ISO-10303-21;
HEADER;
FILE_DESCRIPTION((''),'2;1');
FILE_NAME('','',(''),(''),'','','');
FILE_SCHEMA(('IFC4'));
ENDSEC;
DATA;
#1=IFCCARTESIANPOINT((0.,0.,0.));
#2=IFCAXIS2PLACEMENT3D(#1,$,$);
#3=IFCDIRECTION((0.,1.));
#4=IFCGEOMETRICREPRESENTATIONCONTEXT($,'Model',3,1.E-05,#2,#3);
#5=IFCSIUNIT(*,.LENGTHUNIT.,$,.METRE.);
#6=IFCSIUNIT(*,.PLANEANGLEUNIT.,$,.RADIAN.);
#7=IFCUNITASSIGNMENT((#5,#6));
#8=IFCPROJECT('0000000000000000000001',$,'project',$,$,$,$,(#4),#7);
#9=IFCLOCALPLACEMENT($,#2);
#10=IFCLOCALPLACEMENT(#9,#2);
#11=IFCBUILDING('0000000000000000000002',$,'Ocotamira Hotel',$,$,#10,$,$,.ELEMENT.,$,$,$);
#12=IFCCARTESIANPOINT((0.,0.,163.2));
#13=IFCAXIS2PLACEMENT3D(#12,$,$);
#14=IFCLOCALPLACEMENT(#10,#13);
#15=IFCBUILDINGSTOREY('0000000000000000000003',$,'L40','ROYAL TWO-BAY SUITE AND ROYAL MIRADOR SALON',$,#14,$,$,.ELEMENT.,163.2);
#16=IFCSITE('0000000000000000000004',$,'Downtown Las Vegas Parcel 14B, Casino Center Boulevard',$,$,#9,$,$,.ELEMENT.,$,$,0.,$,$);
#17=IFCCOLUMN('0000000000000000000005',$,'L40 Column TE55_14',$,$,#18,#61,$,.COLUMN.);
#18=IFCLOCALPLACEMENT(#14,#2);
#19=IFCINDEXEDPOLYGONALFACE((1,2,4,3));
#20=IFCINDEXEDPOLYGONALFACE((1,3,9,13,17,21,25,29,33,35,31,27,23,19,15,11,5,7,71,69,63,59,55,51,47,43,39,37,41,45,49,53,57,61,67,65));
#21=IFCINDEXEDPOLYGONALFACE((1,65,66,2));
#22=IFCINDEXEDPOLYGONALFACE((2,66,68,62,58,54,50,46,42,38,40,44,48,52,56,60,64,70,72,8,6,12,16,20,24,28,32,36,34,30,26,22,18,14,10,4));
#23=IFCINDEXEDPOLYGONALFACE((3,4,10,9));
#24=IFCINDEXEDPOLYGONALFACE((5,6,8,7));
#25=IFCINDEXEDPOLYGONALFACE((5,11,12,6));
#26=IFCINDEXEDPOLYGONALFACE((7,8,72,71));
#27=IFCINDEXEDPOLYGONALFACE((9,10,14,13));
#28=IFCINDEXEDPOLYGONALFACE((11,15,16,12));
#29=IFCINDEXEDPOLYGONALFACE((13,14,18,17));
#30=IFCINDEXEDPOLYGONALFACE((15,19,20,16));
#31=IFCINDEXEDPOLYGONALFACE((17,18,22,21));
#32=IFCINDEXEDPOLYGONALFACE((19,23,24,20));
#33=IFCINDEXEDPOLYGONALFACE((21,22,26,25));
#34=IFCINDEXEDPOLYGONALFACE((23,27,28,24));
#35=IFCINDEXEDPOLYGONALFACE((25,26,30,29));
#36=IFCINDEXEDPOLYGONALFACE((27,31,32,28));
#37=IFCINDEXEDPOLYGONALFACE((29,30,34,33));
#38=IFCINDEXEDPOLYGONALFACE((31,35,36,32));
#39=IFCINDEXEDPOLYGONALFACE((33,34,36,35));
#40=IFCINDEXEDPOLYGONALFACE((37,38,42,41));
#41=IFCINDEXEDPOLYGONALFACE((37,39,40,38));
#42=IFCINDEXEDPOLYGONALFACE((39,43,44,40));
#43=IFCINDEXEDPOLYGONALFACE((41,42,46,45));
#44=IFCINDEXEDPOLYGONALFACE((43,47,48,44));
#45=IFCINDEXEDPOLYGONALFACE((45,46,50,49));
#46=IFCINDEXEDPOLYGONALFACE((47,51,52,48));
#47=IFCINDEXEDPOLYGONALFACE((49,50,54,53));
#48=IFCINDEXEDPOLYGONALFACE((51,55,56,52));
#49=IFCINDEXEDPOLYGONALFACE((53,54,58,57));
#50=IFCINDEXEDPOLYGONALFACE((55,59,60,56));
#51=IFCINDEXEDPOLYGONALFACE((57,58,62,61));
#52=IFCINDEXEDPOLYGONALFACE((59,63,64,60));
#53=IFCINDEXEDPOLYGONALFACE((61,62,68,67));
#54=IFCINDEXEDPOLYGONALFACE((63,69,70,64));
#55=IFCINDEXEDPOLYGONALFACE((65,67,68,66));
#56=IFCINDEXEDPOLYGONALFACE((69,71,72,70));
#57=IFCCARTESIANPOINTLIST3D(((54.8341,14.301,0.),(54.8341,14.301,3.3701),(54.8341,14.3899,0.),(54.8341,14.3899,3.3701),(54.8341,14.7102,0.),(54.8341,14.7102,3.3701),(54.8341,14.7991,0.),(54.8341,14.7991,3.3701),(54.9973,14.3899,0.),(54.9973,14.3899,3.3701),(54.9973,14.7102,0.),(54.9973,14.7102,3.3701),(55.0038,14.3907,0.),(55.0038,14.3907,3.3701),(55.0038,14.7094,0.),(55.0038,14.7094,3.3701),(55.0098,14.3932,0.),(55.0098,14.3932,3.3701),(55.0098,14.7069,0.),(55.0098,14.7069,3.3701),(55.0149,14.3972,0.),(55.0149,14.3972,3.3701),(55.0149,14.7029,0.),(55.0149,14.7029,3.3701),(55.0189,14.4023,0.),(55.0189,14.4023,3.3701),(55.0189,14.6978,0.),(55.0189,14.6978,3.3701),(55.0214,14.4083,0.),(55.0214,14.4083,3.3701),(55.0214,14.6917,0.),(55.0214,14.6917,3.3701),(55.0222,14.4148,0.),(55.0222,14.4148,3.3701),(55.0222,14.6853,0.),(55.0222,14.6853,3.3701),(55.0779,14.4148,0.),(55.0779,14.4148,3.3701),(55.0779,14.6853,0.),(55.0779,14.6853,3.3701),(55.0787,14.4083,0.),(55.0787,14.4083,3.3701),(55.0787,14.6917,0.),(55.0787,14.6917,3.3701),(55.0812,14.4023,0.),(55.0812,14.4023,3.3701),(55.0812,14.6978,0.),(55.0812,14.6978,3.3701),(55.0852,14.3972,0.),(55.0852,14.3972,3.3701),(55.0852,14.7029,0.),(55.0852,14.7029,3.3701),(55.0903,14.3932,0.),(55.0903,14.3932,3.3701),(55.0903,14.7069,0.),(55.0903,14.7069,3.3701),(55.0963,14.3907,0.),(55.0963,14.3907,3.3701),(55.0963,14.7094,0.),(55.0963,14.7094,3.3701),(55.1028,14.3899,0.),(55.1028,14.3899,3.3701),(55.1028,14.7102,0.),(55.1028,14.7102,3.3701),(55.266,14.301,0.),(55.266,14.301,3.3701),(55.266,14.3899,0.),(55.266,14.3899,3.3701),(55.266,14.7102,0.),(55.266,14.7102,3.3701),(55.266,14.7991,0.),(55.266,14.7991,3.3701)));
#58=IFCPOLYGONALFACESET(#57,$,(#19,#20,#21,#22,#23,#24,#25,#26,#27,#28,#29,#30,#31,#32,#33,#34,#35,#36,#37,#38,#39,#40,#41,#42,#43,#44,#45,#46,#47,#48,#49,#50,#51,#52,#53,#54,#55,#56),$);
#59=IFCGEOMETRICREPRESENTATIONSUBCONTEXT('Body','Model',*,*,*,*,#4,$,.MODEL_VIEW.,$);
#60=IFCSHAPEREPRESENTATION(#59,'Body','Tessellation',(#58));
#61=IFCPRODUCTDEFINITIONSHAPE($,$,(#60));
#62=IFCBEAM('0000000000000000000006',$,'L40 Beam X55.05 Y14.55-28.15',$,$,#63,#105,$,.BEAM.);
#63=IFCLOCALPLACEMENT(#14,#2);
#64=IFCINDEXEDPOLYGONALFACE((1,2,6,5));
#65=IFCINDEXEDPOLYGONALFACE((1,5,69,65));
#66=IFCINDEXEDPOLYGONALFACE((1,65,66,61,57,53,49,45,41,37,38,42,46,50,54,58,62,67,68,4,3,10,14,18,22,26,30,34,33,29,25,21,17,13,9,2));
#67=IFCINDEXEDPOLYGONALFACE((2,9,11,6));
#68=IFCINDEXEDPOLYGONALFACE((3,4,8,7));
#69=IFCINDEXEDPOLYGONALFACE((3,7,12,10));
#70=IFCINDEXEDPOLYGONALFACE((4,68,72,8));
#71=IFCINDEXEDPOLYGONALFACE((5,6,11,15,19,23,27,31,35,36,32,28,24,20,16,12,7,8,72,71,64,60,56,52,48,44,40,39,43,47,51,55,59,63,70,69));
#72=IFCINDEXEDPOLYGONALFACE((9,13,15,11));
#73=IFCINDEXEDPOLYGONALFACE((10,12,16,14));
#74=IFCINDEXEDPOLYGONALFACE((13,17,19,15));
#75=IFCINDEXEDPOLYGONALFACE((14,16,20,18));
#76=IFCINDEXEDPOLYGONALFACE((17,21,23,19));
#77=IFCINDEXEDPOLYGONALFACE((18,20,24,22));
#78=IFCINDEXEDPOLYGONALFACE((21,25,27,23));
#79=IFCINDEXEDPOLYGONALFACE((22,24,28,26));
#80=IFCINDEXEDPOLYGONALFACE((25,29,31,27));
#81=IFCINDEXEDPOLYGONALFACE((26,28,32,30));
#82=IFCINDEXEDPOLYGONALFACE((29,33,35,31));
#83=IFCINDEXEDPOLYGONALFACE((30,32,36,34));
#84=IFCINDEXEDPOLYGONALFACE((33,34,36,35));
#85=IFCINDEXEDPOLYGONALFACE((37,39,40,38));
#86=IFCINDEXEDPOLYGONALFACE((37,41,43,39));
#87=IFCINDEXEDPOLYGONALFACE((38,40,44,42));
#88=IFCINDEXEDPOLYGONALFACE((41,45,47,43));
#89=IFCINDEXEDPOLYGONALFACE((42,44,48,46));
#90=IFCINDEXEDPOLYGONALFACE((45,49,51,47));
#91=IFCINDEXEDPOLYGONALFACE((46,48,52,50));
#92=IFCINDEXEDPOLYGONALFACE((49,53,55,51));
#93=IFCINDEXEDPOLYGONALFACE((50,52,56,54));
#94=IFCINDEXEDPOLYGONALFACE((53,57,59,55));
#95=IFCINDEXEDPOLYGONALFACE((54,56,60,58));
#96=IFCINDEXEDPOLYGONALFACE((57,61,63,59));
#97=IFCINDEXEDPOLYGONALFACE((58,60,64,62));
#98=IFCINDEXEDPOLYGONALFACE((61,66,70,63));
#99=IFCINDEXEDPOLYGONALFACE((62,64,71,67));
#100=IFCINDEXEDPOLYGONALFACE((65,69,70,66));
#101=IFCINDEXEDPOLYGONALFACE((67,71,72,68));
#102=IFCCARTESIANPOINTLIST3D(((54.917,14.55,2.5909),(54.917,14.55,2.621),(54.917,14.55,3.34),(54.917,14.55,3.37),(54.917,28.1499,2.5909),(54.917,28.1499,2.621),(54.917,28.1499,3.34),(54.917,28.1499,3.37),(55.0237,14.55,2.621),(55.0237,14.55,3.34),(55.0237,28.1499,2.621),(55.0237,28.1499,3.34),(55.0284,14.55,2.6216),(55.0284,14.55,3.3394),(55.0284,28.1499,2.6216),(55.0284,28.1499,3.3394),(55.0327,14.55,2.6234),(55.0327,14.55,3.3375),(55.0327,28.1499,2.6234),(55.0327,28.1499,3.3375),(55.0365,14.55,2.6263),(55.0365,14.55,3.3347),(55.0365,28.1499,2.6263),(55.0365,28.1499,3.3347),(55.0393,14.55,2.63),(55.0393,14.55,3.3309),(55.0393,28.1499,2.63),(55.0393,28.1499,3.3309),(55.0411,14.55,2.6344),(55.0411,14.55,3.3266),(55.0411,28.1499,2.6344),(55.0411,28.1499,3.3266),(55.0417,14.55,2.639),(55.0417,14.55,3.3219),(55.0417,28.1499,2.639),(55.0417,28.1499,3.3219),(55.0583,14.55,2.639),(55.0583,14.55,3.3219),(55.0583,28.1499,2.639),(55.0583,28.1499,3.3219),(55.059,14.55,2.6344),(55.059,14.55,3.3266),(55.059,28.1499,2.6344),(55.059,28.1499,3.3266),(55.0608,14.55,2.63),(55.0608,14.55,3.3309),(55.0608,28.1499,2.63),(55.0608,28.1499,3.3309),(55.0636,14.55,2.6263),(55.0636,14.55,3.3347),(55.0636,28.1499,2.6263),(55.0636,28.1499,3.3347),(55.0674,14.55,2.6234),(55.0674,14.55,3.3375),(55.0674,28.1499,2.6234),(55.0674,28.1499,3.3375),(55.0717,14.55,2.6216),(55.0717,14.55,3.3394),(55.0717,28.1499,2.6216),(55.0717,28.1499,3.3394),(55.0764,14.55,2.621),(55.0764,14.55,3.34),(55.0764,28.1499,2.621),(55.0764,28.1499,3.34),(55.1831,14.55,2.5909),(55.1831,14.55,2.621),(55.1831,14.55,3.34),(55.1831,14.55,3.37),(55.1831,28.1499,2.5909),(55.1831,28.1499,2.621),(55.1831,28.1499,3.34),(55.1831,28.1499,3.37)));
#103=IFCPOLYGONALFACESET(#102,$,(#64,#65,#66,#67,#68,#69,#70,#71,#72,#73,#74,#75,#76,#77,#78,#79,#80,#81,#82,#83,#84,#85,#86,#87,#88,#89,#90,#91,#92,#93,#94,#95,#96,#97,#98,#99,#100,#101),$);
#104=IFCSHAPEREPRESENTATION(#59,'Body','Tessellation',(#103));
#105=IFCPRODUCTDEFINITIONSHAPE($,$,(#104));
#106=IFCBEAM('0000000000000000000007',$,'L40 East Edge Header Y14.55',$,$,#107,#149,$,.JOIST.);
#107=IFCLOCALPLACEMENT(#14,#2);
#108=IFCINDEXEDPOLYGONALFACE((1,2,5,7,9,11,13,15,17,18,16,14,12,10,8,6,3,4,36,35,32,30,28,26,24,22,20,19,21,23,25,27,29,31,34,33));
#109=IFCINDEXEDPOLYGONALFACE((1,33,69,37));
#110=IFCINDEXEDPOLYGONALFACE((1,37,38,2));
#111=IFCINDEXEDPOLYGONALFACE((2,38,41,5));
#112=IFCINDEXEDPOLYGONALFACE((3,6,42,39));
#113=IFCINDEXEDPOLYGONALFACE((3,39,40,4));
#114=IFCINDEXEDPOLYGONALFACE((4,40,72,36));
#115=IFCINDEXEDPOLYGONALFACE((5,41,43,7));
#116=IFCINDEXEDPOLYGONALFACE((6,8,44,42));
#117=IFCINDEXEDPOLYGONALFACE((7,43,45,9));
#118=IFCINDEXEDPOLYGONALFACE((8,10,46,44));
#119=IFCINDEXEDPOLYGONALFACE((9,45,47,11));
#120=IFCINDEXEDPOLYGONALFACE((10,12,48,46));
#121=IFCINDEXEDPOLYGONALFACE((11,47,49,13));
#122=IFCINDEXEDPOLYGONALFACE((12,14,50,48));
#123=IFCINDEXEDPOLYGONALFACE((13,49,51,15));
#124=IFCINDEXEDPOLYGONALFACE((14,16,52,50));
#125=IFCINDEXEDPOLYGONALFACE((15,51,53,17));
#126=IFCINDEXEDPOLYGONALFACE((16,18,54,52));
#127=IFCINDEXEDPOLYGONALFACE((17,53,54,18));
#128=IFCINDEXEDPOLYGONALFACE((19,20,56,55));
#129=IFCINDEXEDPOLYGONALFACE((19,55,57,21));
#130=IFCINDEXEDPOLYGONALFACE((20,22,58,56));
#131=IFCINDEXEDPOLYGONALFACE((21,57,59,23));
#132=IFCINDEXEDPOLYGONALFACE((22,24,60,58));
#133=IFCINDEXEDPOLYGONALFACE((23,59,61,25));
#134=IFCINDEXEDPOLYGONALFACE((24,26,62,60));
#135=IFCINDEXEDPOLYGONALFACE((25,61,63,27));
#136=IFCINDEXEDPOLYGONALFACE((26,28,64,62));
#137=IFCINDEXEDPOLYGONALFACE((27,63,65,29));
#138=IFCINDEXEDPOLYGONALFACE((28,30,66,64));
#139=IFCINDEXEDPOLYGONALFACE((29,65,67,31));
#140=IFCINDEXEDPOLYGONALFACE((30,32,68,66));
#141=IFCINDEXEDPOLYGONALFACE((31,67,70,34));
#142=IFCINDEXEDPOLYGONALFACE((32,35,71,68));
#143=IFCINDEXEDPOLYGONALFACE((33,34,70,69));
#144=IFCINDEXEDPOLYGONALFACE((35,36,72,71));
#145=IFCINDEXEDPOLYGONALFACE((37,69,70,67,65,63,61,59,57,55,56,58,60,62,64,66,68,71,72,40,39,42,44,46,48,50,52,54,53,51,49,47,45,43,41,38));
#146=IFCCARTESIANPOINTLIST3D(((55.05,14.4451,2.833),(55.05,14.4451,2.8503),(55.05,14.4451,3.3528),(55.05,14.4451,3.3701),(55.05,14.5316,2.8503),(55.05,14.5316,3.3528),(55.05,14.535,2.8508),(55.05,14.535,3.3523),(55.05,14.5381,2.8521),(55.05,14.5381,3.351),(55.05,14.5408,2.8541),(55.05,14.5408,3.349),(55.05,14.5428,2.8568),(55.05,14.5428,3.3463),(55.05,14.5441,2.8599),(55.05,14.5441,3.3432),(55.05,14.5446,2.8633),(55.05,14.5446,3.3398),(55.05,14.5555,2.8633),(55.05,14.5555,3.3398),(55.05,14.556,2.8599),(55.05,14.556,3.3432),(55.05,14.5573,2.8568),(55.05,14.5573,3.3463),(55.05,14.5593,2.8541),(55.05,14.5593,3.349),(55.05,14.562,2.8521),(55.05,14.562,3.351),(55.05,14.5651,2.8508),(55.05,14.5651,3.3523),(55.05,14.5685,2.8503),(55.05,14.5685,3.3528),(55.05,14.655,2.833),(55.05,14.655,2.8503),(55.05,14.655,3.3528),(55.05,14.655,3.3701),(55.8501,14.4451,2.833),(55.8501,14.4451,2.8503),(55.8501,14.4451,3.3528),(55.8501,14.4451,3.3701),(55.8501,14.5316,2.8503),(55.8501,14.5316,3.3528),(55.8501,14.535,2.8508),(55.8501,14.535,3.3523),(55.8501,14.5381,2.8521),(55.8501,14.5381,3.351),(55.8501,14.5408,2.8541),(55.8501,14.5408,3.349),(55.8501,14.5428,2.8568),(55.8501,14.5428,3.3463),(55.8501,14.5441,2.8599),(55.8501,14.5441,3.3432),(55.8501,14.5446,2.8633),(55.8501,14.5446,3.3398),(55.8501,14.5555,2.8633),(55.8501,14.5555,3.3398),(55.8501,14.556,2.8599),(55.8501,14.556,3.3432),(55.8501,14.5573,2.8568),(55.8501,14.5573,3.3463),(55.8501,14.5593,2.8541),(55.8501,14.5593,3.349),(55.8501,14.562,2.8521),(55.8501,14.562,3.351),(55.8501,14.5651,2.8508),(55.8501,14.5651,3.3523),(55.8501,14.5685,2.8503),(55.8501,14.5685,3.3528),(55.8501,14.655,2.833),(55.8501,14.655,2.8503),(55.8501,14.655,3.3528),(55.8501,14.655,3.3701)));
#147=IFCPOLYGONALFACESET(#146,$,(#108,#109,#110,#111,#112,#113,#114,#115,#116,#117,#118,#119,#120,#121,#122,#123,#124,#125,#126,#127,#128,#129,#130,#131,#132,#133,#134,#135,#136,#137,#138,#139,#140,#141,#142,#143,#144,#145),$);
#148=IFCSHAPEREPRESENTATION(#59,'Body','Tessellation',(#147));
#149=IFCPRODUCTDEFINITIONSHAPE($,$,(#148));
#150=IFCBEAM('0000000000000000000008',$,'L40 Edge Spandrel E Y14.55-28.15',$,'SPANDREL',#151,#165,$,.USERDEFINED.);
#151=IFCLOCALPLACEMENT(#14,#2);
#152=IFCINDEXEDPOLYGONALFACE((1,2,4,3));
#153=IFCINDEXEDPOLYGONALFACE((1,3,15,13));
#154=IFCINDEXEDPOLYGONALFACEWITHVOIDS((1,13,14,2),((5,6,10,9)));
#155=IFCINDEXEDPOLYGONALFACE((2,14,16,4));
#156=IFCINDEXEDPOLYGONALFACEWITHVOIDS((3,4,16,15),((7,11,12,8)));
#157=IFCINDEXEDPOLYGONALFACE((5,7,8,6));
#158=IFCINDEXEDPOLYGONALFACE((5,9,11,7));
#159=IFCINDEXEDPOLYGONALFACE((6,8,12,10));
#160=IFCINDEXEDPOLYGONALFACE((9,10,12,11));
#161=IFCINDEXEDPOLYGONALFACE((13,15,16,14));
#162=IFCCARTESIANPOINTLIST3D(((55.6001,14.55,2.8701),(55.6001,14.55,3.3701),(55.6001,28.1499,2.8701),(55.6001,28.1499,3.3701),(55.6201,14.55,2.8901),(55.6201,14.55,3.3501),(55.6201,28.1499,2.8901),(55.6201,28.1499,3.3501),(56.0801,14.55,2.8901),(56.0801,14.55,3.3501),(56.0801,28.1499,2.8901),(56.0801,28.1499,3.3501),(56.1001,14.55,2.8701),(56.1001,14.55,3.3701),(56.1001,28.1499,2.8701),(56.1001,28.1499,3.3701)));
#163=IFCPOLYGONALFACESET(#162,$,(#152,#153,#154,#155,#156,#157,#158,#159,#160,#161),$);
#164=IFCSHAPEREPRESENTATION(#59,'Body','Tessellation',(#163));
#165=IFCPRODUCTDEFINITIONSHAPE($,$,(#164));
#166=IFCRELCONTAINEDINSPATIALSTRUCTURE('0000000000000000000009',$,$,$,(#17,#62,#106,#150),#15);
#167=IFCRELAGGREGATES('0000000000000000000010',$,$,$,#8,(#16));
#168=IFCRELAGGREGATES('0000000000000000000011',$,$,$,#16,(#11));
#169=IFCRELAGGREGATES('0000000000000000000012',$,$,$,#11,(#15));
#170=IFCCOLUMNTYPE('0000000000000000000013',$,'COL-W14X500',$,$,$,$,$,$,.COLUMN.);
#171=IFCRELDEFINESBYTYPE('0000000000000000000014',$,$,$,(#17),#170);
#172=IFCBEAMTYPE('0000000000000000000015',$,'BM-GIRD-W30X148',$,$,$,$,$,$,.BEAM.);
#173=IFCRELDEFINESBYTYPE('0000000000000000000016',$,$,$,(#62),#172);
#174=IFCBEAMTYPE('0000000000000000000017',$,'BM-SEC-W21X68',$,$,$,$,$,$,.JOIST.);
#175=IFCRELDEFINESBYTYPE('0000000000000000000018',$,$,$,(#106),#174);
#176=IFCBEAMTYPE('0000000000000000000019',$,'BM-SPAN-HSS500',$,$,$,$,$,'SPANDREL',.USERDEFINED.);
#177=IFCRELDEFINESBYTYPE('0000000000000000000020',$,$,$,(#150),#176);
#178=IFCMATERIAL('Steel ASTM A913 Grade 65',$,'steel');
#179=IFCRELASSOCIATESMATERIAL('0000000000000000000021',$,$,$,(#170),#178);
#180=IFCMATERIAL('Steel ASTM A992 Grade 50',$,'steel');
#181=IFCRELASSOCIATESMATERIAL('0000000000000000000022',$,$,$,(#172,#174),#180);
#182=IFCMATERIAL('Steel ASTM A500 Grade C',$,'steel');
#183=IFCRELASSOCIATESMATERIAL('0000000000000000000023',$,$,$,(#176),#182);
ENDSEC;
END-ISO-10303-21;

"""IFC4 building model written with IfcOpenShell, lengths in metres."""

from ifc_helpers import new_model, si_unit, direction, frame, origin, origin_2d, place, context, subcontext, project, spatial, hollow_rectangle, i_section, extrude, source, transform, mapped, material, material_profile, profile_set, type_object, element, save


model = new_model("IFC4")

# Units and contexts
model_context = context("Model", 3, precision=1e-05, world=origin(), true_north=direction((0.0, 1.0)))
body_context = subcontext(model_context, "Body", "Model", "MODEL_VIEW")
ifc_project = project(units=[si_unit("LENGTHUNIT", "METRE"), si_unit("PLANEANGLEUNIT", "RADIAN")], contexts=[model_context])

# Site, building, storey
site_placement = place(None, origin())
site = spatial("IfcSite", under=ifc_project, at=site_placement, Name="Downtown Las Vegas Parcel 14B, Casino Center Boulevard", CompositionType="ELEMENT", RefElevation=0.0)
building_placement = place(site_placement, origin())
building = spatial("IfcBuilding", under=site, at=building_placement, Name="Ocotamira Hotel", CompositionType="ELEMENT")
storey_placement = place(building_placement, frame((0.0, 0.0, 163.2)))
storey = spatial("IfcBuildingStorey", under=building, at=storey_placement, Name="L40", Description="ROYAL TWO-BAY SUITE AND ROYAL MIRADOR SALON", CompositionType="ELEMENT", Elevation=163.2)

# Column
ifc_material_1 = material(Name="Steel ASTM A913 Grade 65", Category="steel")
ifc_material_profile_1 = material_profile(ifc_material_1, i_section(OverallWidth=0.4319, OverallDepth=0.498, WebThickness=0.0557, FlangeThickness=0.0889, FilletRadius=0.0249, at=origin_2d()), Name="W14X500")
ifc_profile_set_1 = profile_set([ifc_material_profile_1], Name="Steel ASTM A913 Grade 65")
column_type = type_object("IfcColumnType", Name="COL-W14X500", PredefinedType="COLUMN", material=ifc_profile_set_1)
shared_shape_1 = source(origin(), body_context, "Body", "SweptSolid", [
    extrude(i_section(OverallWidth=0.4319, OverallDepth=0.498, WebThickness=0.0557, FlangeThickness=0.0889, FilletRadius=0.0249, at=origin_2d()), origin(), (0.0, 0.0, 1.0), 3.3701),
])
column_placement = place(storey_placement, frame((55.05, 14.55, 0.0), z_axis=(0.0, 0.0, 1.0), x_axis=(1.0, 0.0, 0.0)))
element("IfcColumn", 1, at=column_placement, inside=storey, type_object=column_type, Name="L40 Column TE55_14", PredefinedType="COLUMN", context=body_context, shape_type="MappedRepresentation", body=[
    mapped(shared_shape_1, transform((0.0, 0.0, 0.0), scale=1.0)),
])

# Beams
ifc_material_2 = material(Name="Steel ASTM A992 Grade 50", Category="steel")
ifc_material_profile_2 = material_profile(ifc_material_2, i_section(OverallWidth=0.2661, OverallDepth=0.7791, WebThickness=0.0166, FlangeThickness=0.03, FilletRadius=0.0181, at=origin_2d()), Name="W30X148")
ifc_profile_set_2 = profile_set([ifc_material_profile_2], Name="Steel ASTM A992 Grade 50")
beam_type_1 = type_object("IfcBeamType", Name="BM-GIRD-W30X148", PredefinedType="BEAM", material=ifc_profile_set_2)
shared_shape_2 = source(origin(), body_context, "Body", "SweptSolid", [
    extrude(i_section(OverallWidth=0.2661, OverallDepth=0.7791, WebThickness=0.0166, FlangeThickness=0.03, FilletRadius=0.0181, at=origin_2d()), origin(), (0.0, 0.0, 1.0), 13.5999),
])
beam_1_placement = place(storey_placement, frame((55.05, 14.55, 2.9805), z_axis=(0.0, 1.0, 0.0), x_axis=(-1.0, 0.0, 0.0)))
element("IfcBeam", 2, at=beam_1_placement, inside=storey, type_object=beam_type_1, Name="L40 Beam X55.05 Y14.55-28.15", PredefinedType="BEAM", context=body_context, shape_type="MappedRepresentation", body=[
    mapped(shared_shape_2, transform((0.0, 0.0, 0.0), scale=1.0)),
])
ifc_material_profile_3 = material_profile(ifc_material_2, i_section(OverallWidth=0.21, OverallDepth=0.5371, WebThickness=0.011, FlangeThickness=0.0173, FilletRadius=0.0129, at=origin_2d()), Name="W21X68")
ifc_profile_set_3 = profile_set([ifc_material_profile_3], Name="Steel ASTM A992 Grade 50")
beam_type_2 = type_object("IfcBeamType", Name="BM-SEC-W21X68", PredefinedType="JOIST", material=ifc_profile_set_3)
shared_shape_3 = source(origin(), body_context, "Body", "SweptSolid", [
    extrude(i_section(OverallWidth=0.21, OverallDepth=0.5371, WebThickness=0.011, FlangeThickness=0.0173, FilletRadius=0.0129, at=origin_2d()), origin(), (0.0, 0.0, 1.0), 0.8),
])
beam_2_placement = place(storey_placement, frame((55.05, 14.55, 3.1016), z_axis=(1.0, 0.0, 0.0), x_axis=(0.0, 1.0, 0.0)))
element("IfcBeam", 3, at=beam_2_placement, inside=storey, type_object=beam_type_2, Name="L40 East Edge Header Y14.55", PredefinedType="JOIST", context=body_context, shape_type="MappedRepresentation", body=[
    mapped(shared_shape_3, transform((0.0, 0.0, 0.0), scale=1.0)),
])
ifc_material_3 = material(Name="Steel ASTM A500 Grade C", Category="steel")
ifc_material_profile_4 = material_profile(ifc_material_3, hollow_rectangle(XDim=0.5, YDim=0.5, WallThickness=0.02, at=origin_2d()), Name="HSS500X500X20")
ifc_profile_set_4 = profile_set([ifc_material_profile_4], Name="Steel ASTM A500 Grade C")
beam_type_3 = type_object("IfcBeamType", Name="BM-SPAN-HSS500", ElementType="SPANDREL", PredefinedType="USERDEFINED", material=ifc_profile_set_4)
shared_shape_4 = source(origin(), body_context, "Body", "SweptSolid", [
    extrude(hollow_rectangle(XDim=0.5, YDim=0.5, WallThickness=0.02, at=origin_2d()), origin(), (0.0, 0.0, 1.0), 13.5999),
])
beam_3_placement = place(storey_placement, frame((55.8501, 14.55, 3.1201), z_axis=(0.0, 1.0, 0.0), x_axis=(-1.0, 0.0, 0.0)))
element("IfcBeam", 4, at=beam_3_placement, inside=storey, type_object=beam_type_3, Name="L40 Edge Spandrel E Y14.55-28.15", ObjectType="SPANDREL", PredefinedType="USERDEFINED", context=body_context, shape_type="MappedRepresentation", body=[
    mapped(shared_shape_4, transform((0.0, 0.0, 0.0), scale=1.0)),
])

save(model, "model.ifc")
